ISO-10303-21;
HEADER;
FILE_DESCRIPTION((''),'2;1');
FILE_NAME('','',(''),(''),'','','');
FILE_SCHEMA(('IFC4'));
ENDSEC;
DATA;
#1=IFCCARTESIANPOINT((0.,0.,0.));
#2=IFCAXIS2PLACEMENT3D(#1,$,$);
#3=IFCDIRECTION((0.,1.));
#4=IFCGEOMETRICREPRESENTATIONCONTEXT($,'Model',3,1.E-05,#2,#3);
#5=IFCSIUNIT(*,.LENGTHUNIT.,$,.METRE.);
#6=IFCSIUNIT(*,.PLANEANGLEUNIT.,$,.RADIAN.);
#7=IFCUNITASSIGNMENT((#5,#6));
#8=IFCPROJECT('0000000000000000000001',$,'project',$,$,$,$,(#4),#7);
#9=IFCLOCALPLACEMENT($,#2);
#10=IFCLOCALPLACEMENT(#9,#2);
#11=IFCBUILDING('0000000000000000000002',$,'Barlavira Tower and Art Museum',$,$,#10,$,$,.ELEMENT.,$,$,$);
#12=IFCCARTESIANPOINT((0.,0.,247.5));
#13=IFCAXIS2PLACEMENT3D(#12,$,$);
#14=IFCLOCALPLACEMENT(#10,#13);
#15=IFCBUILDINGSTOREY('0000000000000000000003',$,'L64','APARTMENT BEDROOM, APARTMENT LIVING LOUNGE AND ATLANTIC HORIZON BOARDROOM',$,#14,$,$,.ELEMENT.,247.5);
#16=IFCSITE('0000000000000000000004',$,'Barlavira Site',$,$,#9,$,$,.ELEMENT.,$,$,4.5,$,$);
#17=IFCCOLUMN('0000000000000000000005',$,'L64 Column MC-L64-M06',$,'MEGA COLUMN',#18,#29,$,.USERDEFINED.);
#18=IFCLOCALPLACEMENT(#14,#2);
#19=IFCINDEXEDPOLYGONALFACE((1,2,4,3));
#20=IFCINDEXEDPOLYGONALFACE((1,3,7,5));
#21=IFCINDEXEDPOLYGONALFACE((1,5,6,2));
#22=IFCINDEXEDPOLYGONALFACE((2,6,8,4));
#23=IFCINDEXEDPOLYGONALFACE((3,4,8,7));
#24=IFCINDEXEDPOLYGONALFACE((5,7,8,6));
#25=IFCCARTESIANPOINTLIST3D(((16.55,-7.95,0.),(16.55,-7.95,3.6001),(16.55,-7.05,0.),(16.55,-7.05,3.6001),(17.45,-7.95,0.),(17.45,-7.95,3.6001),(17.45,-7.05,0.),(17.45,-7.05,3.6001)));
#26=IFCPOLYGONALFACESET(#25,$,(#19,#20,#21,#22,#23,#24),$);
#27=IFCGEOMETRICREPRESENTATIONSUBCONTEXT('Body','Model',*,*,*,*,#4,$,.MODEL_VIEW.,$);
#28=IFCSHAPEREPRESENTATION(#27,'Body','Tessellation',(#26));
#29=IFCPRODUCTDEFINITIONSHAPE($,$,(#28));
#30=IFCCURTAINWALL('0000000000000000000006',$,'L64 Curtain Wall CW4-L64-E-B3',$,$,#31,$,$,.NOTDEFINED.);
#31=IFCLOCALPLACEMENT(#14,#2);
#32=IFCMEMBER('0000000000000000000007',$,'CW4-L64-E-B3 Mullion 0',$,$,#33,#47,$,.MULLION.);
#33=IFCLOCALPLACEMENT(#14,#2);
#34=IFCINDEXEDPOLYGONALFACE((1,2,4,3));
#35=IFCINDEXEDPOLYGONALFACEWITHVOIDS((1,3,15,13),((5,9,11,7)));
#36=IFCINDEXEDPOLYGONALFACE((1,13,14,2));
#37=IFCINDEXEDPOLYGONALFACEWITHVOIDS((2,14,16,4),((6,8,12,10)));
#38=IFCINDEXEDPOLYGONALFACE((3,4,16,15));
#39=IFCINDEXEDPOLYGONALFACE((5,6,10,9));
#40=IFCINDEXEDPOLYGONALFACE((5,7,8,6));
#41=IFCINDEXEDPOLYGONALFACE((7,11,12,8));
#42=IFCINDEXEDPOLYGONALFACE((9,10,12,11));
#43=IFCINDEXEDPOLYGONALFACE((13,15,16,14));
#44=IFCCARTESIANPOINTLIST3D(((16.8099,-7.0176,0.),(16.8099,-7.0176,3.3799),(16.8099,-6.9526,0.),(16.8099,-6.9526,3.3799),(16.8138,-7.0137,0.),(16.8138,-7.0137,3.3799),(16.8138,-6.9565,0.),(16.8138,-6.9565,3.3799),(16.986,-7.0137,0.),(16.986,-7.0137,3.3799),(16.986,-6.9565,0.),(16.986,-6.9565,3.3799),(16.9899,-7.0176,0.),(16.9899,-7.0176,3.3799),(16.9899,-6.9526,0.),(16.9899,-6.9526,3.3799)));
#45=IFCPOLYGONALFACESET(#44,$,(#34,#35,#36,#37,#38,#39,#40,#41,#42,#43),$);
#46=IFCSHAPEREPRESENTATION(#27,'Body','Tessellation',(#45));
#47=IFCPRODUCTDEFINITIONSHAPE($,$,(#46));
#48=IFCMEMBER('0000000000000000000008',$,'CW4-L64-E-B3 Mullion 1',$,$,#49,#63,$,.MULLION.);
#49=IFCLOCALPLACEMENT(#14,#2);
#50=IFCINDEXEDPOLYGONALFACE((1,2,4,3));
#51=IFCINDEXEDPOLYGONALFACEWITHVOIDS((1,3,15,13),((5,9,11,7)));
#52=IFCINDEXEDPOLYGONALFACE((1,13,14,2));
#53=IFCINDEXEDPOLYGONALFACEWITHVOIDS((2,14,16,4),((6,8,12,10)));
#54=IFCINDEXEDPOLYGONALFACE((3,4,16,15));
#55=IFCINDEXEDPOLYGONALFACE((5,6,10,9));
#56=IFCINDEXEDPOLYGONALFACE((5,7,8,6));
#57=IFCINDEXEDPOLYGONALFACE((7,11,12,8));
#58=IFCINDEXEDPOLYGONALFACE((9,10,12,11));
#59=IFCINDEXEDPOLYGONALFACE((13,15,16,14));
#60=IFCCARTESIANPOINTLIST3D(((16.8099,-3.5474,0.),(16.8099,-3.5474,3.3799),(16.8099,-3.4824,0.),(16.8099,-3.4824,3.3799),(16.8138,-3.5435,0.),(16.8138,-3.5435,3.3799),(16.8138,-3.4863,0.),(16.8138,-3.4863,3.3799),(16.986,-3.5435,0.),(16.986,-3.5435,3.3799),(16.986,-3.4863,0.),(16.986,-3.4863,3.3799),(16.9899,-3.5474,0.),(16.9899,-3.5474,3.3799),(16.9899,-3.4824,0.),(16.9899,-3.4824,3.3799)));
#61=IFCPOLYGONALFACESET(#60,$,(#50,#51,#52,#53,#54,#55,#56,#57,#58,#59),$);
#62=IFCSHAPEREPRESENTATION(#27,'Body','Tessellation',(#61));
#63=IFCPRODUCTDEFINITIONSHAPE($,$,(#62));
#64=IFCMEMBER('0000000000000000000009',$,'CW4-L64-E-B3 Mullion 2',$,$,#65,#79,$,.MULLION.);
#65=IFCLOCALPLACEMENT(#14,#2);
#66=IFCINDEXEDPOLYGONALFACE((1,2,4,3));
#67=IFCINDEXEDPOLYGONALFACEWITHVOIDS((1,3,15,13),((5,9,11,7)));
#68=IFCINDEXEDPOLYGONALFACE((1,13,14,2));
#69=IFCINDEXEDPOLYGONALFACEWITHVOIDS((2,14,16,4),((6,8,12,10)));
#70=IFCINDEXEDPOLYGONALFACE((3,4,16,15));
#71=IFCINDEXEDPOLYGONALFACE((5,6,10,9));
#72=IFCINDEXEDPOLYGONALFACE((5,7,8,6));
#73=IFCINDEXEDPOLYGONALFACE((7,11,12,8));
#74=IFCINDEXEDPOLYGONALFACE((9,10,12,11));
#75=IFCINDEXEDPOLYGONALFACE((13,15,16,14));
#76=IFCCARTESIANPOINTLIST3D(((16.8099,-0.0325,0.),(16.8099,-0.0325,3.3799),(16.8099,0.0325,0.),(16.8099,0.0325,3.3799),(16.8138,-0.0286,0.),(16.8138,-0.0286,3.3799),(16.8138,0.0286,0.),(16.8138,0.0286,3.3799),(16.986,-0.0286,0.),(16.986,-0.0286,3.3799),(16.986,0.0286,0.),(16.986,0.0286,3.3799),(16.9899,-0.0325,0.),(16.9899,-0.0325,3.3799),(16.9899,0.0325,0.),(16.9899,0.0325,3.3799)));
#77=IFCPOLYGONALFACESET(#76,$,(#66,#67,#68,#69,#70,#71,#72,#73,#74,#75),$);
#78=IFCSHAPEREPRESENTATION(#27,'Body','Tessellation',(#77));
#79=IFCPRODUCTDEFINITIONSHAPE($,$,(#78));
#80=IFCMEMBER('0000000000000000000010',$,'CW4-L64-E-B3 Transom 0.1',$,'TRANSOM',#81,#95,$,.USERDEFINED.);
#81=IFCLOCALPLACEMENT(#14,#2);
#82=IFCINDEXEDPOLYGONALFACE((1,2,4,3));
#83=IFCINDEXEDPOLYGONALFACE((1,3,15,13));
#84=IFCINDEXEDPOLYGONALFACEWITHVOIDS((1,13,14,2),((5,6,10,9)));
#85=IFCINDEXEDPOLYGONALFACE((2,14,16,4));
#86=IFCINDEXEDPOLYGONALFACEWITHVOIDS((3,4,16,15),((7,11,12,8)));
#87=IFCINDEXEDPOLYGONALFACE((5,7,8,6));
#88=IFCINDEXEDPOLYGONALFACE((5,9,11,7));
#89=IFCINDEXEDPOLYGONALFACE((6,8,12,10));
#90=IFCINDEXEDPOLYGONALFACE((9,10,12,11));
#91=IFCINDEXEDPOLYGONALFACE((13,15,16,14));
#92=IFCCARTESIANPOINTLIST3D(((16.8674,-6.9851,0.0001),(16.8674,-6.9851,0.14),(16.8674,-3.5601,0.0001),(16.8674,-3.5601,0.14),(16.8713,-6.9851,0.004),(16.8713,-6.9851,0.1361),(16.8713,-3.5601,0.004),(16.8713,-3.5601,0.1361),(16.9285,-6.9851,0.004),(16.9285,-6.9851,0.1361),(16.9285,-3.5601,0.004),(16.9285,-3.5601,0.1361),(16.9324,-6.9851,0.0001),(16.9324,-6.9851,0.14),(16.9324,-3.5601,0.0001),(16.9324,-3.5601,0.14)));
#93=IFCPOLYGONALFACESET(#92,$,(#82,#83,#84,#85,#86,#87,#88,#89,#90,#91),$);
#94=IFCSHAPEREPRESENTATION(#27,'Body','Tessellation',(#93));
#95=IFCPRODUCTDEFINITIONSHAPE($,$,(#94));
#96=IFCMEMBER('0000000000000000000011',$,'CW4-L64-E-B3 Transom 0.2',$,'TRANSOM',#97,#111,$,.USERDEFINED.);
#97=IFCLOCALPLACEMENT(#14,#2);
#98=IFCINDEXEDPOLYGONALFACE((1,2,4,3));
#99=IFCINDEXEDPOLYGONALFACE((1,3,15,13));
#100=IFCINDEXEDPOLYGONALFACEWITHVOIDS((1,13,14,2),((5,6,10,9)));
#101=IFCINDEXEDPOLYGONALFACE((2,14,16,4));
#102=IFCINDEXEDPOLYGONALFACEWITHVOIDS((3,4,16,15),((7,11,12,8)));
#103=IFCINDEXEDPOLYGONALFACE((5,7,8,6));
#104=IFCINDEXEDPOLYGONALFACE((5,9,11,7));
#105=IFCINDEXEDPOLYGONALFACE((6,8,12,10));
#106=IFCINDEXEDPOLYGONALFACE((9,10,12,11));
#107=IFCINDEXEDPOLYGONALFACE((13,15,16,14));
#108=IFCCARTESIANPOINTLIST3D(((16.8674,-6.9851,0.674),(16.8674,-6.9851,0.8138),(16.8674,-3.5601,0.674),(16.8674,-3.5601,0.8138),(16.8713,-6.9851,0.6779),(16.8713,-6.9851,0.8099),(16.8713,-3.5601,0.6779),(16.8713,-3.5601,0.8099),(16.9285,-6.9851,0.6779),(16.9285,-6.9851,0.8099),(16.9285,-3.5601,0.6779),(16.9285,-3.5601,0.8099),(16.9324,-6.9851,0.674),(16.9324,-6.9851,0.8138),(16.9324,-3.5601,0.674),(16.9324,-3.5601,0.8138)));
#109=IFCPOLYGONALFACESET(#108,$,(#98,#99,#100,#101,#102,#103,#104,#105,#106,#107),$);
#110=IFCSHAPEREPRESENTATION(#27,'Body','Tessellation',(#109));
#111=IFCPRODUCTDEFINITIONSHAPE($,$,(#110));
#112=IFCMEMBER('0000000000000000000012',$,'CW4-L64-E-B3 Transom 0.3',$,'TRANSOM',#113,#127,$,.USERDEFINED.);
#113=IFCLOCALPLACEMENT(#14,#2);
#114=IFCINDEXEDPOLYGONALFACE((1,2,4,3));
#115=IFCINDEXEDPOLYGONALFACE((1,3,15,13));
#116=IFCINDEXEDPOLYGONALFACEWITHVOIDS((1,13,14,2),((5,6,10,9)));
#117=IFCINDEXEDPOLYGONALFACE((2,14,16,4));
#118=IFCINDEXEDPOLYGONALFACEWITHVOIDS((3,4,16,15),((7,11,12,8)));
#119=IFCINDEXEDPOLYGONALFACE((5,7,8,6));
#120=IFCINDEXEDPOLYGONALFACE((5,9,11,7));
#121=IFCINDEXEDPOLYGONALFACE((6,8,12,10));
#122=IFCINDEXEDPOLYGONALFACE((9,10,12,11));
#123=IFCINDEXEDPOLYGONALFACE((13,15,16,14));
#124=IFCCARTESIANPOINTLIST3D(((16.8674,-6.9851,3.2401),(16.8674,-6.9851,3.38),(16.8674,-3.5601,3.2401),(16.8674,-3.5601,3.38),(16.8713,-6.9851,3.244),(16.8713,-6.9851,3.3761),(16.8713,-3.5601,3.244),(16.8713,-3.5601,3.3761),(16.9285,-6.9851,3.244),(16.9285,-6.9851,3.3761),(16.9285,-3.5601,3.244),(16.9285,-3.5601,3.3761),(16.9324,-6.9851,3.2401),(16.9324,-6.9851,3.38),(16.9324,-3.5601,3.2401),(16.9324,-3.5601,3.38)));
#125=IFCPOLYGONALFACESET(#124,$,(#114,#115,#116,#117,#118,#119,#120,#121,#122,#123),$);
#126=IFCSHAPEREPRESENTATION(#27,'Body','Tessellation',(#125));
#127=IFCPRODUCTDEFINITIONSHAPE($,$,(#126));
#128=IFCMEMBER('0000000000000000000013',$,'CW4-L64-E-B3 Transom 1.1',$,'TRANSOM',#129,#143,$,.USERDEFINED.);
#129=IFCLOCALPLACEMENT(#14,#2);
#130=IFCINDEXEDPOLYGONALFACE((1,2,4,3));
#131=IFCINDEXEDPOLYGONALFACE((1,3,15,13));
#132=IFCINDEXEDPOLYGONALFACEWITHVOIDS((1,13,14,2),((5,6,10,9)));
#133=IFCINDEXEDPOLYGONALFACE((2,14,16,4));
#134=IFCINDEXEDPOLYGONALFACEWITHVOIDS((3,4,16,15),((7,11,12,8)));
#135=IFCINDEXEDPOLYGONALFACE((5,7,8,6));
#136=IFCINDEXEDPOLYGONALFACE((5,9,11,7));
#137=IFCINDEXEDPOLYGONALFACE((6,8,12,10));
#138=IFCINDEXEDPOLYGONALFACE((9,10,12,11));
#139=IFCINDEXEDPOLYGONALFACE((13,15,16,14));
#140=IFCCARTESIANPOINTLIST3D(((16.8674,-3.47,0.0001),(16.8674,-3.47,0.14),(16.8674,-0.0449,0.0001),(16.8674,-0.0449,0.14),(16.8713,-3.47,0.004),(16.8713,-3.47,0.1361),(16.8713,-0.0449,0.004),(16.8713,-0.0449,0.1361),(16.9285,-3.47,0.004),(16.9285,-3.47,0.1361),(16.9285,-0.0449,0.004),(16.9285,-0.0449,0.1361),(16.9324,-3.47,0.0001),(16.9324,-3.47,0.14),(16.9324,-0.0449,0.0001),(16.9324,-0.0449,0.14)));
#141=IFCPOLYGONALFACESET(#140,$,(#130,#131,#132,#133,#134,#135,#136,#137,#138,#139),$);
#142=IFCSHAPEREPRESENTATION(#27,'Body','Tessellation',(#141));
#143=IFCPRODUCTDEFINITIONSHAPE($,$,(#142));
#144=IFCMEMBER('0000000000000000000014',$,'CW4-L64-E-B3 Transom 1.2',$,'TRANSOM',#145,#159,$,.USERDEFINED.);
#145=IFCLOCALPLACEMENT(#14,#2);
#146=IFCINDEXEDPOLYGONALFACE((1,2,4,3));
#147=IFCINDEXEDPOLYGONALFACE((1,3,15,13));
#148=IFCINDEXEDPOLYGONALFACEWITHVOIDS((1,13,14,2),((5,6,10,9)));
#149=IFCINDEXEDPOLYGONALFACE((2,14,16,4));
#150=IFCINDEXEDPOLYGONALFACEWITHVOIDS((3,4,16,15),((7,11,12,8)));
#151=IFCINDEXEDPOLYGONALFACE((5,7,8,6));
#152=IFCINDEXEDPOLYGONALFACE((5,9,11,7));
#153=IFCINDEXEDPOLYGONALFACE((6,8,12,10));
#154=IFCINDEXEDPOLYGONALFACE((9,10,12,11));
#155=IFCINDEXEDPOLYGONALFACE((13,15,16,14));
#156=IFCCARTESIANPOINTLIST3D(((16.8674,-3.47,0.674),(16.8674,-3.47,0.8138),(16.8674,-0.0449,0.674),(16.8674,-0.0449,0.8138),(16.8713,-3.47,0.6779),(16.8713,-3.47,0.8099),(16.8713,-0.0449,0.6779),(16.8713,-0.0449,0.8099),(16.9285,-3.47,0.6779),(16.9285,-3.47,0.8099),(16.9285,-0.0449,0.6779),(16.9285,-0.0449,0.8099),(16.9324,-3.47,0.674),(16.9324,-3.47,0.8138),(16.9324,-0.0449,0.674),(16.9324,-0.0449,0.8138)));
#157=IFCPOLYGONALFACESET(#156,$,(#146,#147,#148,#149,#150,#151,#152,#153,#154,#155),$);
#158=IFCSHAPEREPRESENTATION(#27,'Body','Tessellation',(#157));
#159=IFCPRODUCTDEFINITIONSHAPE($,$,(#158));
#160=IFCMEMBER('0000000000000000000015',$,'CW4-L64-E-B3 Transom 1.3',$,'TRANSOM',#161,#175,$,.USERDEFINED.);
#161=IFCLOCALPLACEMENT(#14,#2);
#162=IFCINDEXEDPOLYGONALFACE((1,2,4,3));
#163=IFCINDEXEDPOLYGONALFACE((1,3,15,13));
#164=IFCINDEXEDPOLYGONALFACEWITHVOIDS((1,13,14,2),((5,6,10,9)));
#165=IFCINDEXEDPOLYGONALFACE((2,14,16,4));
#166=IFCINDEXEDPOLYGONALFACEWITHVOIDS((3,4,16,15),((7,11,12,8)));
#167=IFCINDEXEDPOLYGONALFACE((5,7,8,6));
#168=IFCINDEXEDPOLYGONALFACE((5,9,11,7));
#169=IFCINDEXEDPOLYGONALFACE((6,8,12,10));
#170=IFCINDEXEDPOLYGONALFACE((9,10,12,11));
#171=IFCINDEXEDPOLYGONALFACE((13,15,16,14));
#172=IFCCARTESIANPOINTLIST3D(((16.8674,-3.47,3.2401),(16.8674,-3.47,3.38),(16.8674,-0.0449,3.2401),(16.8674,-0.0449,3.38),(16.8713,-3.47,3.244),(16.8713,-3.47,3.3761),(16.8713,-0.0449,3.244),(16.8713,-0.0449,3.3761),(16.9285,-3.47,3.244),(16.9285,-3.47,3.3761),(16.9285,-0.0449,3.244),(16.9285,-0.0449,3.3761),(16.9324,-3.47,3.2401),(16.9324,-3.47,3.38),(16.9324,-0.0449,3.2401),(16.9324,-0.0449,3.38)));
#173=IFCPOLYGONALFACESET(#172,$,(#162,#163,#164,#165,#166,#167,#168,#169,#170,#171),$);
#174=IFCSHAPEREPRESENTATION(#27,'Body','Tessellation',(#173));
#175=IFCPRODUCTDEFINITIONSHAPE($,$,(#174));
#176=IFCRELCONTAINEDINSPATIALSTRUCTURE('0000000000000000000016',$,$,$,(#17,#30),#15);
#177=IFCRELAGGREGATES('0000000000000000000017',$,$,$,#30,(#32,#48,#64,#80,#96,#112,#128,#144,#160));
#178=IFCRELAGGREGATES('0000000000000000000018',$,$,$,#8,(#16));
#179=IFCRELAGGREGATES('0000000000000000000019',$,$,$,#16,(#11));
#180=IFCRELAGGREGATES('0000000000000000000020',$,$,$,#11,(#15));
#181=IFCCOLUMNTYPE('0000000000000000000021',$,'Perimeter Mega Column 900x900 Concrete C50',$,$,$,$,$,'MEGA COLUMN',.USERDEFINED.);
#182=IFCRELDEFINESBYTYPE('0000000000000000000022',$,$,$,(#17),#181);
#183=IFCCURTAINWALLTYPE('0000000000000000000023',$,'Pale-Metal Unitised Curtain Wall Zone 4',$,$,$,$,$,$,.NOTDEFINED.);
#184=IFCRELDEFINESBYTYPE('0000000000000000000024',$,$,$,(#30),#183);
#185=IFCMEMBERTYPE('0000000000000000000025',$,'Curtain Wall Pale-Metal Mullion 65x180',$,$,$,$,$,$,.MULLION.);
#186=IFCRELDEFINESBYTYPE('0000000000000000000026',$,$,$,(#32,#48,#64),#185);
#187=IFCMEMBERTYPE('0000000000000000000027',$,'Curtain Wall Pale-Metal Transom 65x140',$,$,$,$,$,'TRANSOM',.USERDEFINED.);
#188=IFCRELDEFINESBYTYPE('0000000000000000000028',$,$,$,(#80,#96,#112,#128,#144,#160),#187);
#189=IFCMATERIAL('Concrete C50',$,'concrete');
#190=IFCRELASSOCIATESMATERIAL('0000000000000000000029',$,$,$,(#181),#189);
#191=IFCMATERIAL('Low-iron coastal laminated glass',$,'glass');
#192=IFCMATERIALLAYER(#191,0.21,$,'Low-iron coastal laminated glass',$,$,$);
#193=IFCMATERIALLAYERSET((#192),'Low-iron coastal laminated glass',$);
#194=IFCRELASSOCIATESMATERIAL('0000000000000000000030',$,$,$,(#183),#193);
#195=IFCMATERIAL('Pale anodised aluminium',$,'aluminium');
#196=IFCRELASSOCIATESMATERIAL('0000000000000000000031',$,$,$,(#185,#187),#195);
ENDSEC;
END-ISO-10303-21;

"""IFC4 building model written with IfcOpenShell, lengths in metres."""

from ifc_helpers import new_model, si_unit, direction, frame, origin, origin_2d, place, context, subcontext, project, spatial, rectangle, hollow_rectangle, extrude, material, layer, layer_set, material_profile, profile_set, type_object, element, aggregate, save


model = new_model("IFC4")

# Units and contexts
model_context = context("Model", 3, precision=1e-05, world=origin(), true_north=direction((0.0, 1.0)))
body_context = subcontext(model_context, "Body", "Model", "MODEL_VIEW")
ifc_project = project(units=[si_unit("LENGTHUNIT", "METRE"), si_unit("PLANEANGLEUNIT", "RADIAN")], contexts=[model_context])

# Site, building, storey
site_placement = place(None, origin())
site = spatial("IfcSite", under=ifc_project, at=site_placement, Name="Barlavira Site", CompositionType="ELEMENT", RefElevation=4.5)
building_placement = place(site_placement, origin())
building = spatial("IfcBuilding", under=site, at=building_placement, Name="Barlavira Tower and Art Museum", CompositionType="ELEMENT")
storey_placement = place(building_placement, frame((0.0, 0.0, 247.5)))
storey = spatial("IfcBuildingStorey", under=building, at=storey_placement, Name="L64", Description="APARTMENT BEDROOM, APARTMENT LIVING LOUNGE AND ATLANTIC HORIZON BOARDROOM", CompositionType="ELEMENT", Elevation=247.5)

# Column
ifc_material_1 = material(Name="Concrete C50", Category="concrete")
ifc_material_profile_1 = material_profile(ifc_material_1, rectangle(XDim=0.8999, YDim=0.8999, at=origin_2d()), Name="RC-COL 900x900")
ifc_profile_set_1 = profile_set([ifc_material_profile_1], Name="Concrete C50")
column_type = type_object("IfcColumnType", Name="Perimeter Mega Column 900x900 Concrete C50", ElementType="MEGA COLUMN", PredefinedType="USERDEFINED", material=ifc_profile_set_1)
column_placement = place(storey_placement, frame((17.0, -7.5, 0.0), z_axis=(0.0, 0.0, 1.0), x_axis=(1.0, 0.0, 0.0)))
element("IfcColumn", 1, at=column_placement, inside=storey, type_object=column_type, Name="L64 Column MC-L64-M06", ObjectType="MEGA COLUMN", PredefinedType="USERDEFINED", context=body_context, shape_type="SweptSolid", body=[
    extrude(rectangle(XDim=0.8999, YDim=0.8999, at=origin_2d()), origin(), (0.0, 0.0, 1.0), 3.6001),
])

# Curtain wall, members
ifc_material_2 = material(Name="Low-iron coastal laminated glass", Category="glass")
ifc_layer_1 = layer(ifc_material_2, 0.21, Name="Low-iron coastal laminated glass")
ifc_layer_set_1 = layer_set([ifc_layer_1], Name="Low-iron coastal laminated glass")
curtain_wall_type = type_object("IfcCurtainWallType", Name="Pale-Metal Unitised Curtain Wall Zone 4", PredefinedType="NOTDEFINED", material=ifc_layer_set_1)
curtain_wall_placement = place(storey_placement, origin())
curtain_wall = element("IfcCurtainWall", 2, at=curtain_wall_placement, inside=storey, type_object=curtain_wall_type, Name="L64 Curtain Wall CW4-L64-E-B3", PredefinedType="NOTDEFINED")
ifc_material_3 = material(Name="Pale anodised aluminium", Category="aluminium")
ifc_material_profile_2 = material_profile(ifc_material_3, hollow_rectangle(XDim=0.0649, YDim=0.1799, WallThickness=0.0039, at=origin_2d()), Name="ALU-MULL 65x180x4")
ifc_profile_set_2 = profile_set([ifc_material_profile_2], Name="Pale anodised aluminium")
member_type_1 = type_object("IfcMemberType", Name="Curtain Wall Pale-Metal Mullion 65x180", PredefinedType="MULLION", material=ifc_profile_set_2)
member_1_placement = place(storey_placement, frame((16.8999, -6.9851, 0.0), z_axis=(0.0, 0.0, 1.0), x_axis=(0.0, 1.0, 0.0)))
member_1 = element("IfcMember", 3, at=member_1_placement, type_object=member_type_1, Name="CW4-L64-E-B3 Mullion 0", PredefinedType="MULLION", context=body_context, shape_type="SweptSolid", body=[
    extrude(hollow_rectangle(XDim=0.0649, YDim=0.1799, WallThickness=0.0039, at=origin_2d()), origin(), (0.0, 0.0, 1.0), 3.3799),
])
member_2_placement = place(storey_placement, frame((16.8999, -3.5149, 0.0), z_axis=(0.0, 0.0, 1.0), x_axis=(0.0, 1.0, 0.0)))
member_2 = element("IfcMember", 4, at=member_2_placement, type_object=member_type_1, Name="CW4-L64-E-B3 Mullion 1", PredefinedType="MULLION", context=body_context, shape_type="SweptSolid", body=[
    extrude(hollow_rectangle(XDim=0.0649, YDim=0.1799, WallThickness=0.0039, at=origin_2d()), origin(), (0.0, 0.0, 1.0), 3.3799),
])
member_3_placement = place(storey_placement, frame((16.8999, 0.0, 0.0), z_axis=(0.0, 0.0, 1.0), x_axis=(0.0, 1.0, 0.0)))
member_3 = element("IfcMember", 5, at=member_3_placement, type_object=member_type_1, Name="CW4-L64-E-B3 Mullion 2", PredefinedType="MULLION", context=body_context, shape_type="SweptSolid", body=[
    extrude(hollow_rectangle(XDim=0.0649, YDim=0.1799, WallThickness=0.0039, at=origin_2d()), origin(), (0.0, 0.0, 1.0), 3.3799),
])
ifc_material_profile_3 = material_profile(ifc_material_3, hollow_rectangle(XDim=0.0649, YDim=0.1399, WallThickness=0.0039, at=origin_2d()), Name="ALU-TRAN 65x140x4")
ifc_profile_set_3 = profile_set([ifc_material_profile_3], Name="Pale anodised aluminium")
member_type_2 = type_object("IfcMemberType", Name="Curtain Wall Pale-Metal Transom 65x140", ElementType="TRANSOM", PredefinedType="USERDEFINED", material=ifc_profile_set_3)
member_4_placement = place(storey_placement, frame((16.8999, -6.9851, 0.0701), z_axis=(0.0, 1.0, 0.0), x_axis=(-1.0, 0.0, 0.0)))
member_4 = element("IfcMember", 6, at=member_4_placement, type_object=member_type_2, Name="CW4-L64-E-B3 Transom 0.1", ObjectType="TRANSOM", PredefinedType="USERDEFINED", context=body_context, shape_type="SweptSolid", body=[
    extrude(hollow_rectangle(XDim=0.0649, YDim=0.1399, WallThickness=0.0039, at=origin_2d()), origin(), (0.0, 0.0, 1.0), 3.425),
])
member_5_placement = place(storey_placement, frame((16.8999, -6.9851, 0.7439), z_axis=(0.0, 1.0, 0.0), x_axis=(-1.0, 0.0, 0.0)))
member_5 = element("IfcMember", 7, at=member_5_placement, type_object=member_type_2, Name="CW4-L64-E-B3 Transom 0.2", ObjectType="TRANSOM", PredefinedType="USERDEFINED", context=body_context, shape_type="SweptSolid", body=[
    extrude(hollow_rectangle(XDim=0.0649, YDim=0.1399, WallThickness=0.0039, at=origin_2d()), origin(), (0.0, 0.0, 1.0), 3.425),
])
member_6_placement = place(storey_placement, frame((16.8999, -6.9851, 3.3101), z_axis=(0.0, 1.0, 0.0), x_axis=(-1.0, 0.0, 0.0)))
member_6 = element("IfcMember", 8, at=member_6_placement, type_object=member_type_2, Name="CW4-L64-E-B3 Transom 0.3", ObjectType="TRANSOM", PredefinedType="USERDEFINED", context=body_context, shape_type="SweptSolid", body=[
    extrude(hollow_rectangle(XDim=0.0649, YDim=0.1399, WallThickness=0.0039, at=origin_2d()), origin(), (0.0, 0.0, 1.0), 3.425),
])
member_7_placement = place(storey_placement, frame((16.8999, -3.47, 0.0701), z_axis=(0.0, 1.0, 0.0), x_axis=(-1.0, 0.0, 0.0)))
member_7 = element("IfcMember", 9, at=member_7_placement, type_object=member_type_2, Name="CW4-L64-E-B3 Transom 1.1", ObjectType="TRANSOM", PredefinedType="USERDEFINED", context=body_context, shape_type="SweptSolid", body=[
    extrude(hollow_rectangle(XDim=0.0649, YDim=0.1399, WallThickness=0.0039, at=origin_2d()), origin(), (0.0, 0.0, 1.0), 3.425),
])
member_8_placement = place(storey_placement, frame((16.8999, -3.47, 0.7439), z_axis=(0.0, 1.0, 0.0), x_axis=(-1.0, 0.0, 0.0)))
member_8 = element("IfcMember", 10, at=member_8_placement, type_object=member_type_2, Name="CW4-L64-E-B3 Transom 1.2", ObjectType="TRANSOM", PredefinedType="USERDEFINED", context=body_context, shape_type="SweptSolid", body=[
    extrude(hollow_rectangle(XDim=0.0649, YDim=0.1399, WallThickness=0.0039, at=origin_2d()), origin(), (0.0, 0.0, 1.0), 3.425),
])
member_9_placement = place(storey_placement, frame((16.8999, -3.47, 3.3101), z_axis=(0.0, 1.0, 0.0), x_axis=(-1.0, 0.0, 0.0)))
member_9 = element("IfcMember", 11, at=member_9_placement, type_object=member_type_2, Name="CW4-L64-E-B3 Transom 1.3", ObjectType="TRANSOM", PredefinedType="USERDEFINED", context=body_context, shape_type="SweptSolid", body=[
    extrude(hollow_rectangle(XDim=0.0649, YDim=0.1399, WallThickness=0.0039, at=origin_2d()), origin(), (0.0, 0.0, 1.0), 3.425),
])

aggregate(curtain_wall, [member_1, member_2, member_3, member_4, member_5, member_6, member_7, member_8, member_9])

save(model, "model.ifc")
